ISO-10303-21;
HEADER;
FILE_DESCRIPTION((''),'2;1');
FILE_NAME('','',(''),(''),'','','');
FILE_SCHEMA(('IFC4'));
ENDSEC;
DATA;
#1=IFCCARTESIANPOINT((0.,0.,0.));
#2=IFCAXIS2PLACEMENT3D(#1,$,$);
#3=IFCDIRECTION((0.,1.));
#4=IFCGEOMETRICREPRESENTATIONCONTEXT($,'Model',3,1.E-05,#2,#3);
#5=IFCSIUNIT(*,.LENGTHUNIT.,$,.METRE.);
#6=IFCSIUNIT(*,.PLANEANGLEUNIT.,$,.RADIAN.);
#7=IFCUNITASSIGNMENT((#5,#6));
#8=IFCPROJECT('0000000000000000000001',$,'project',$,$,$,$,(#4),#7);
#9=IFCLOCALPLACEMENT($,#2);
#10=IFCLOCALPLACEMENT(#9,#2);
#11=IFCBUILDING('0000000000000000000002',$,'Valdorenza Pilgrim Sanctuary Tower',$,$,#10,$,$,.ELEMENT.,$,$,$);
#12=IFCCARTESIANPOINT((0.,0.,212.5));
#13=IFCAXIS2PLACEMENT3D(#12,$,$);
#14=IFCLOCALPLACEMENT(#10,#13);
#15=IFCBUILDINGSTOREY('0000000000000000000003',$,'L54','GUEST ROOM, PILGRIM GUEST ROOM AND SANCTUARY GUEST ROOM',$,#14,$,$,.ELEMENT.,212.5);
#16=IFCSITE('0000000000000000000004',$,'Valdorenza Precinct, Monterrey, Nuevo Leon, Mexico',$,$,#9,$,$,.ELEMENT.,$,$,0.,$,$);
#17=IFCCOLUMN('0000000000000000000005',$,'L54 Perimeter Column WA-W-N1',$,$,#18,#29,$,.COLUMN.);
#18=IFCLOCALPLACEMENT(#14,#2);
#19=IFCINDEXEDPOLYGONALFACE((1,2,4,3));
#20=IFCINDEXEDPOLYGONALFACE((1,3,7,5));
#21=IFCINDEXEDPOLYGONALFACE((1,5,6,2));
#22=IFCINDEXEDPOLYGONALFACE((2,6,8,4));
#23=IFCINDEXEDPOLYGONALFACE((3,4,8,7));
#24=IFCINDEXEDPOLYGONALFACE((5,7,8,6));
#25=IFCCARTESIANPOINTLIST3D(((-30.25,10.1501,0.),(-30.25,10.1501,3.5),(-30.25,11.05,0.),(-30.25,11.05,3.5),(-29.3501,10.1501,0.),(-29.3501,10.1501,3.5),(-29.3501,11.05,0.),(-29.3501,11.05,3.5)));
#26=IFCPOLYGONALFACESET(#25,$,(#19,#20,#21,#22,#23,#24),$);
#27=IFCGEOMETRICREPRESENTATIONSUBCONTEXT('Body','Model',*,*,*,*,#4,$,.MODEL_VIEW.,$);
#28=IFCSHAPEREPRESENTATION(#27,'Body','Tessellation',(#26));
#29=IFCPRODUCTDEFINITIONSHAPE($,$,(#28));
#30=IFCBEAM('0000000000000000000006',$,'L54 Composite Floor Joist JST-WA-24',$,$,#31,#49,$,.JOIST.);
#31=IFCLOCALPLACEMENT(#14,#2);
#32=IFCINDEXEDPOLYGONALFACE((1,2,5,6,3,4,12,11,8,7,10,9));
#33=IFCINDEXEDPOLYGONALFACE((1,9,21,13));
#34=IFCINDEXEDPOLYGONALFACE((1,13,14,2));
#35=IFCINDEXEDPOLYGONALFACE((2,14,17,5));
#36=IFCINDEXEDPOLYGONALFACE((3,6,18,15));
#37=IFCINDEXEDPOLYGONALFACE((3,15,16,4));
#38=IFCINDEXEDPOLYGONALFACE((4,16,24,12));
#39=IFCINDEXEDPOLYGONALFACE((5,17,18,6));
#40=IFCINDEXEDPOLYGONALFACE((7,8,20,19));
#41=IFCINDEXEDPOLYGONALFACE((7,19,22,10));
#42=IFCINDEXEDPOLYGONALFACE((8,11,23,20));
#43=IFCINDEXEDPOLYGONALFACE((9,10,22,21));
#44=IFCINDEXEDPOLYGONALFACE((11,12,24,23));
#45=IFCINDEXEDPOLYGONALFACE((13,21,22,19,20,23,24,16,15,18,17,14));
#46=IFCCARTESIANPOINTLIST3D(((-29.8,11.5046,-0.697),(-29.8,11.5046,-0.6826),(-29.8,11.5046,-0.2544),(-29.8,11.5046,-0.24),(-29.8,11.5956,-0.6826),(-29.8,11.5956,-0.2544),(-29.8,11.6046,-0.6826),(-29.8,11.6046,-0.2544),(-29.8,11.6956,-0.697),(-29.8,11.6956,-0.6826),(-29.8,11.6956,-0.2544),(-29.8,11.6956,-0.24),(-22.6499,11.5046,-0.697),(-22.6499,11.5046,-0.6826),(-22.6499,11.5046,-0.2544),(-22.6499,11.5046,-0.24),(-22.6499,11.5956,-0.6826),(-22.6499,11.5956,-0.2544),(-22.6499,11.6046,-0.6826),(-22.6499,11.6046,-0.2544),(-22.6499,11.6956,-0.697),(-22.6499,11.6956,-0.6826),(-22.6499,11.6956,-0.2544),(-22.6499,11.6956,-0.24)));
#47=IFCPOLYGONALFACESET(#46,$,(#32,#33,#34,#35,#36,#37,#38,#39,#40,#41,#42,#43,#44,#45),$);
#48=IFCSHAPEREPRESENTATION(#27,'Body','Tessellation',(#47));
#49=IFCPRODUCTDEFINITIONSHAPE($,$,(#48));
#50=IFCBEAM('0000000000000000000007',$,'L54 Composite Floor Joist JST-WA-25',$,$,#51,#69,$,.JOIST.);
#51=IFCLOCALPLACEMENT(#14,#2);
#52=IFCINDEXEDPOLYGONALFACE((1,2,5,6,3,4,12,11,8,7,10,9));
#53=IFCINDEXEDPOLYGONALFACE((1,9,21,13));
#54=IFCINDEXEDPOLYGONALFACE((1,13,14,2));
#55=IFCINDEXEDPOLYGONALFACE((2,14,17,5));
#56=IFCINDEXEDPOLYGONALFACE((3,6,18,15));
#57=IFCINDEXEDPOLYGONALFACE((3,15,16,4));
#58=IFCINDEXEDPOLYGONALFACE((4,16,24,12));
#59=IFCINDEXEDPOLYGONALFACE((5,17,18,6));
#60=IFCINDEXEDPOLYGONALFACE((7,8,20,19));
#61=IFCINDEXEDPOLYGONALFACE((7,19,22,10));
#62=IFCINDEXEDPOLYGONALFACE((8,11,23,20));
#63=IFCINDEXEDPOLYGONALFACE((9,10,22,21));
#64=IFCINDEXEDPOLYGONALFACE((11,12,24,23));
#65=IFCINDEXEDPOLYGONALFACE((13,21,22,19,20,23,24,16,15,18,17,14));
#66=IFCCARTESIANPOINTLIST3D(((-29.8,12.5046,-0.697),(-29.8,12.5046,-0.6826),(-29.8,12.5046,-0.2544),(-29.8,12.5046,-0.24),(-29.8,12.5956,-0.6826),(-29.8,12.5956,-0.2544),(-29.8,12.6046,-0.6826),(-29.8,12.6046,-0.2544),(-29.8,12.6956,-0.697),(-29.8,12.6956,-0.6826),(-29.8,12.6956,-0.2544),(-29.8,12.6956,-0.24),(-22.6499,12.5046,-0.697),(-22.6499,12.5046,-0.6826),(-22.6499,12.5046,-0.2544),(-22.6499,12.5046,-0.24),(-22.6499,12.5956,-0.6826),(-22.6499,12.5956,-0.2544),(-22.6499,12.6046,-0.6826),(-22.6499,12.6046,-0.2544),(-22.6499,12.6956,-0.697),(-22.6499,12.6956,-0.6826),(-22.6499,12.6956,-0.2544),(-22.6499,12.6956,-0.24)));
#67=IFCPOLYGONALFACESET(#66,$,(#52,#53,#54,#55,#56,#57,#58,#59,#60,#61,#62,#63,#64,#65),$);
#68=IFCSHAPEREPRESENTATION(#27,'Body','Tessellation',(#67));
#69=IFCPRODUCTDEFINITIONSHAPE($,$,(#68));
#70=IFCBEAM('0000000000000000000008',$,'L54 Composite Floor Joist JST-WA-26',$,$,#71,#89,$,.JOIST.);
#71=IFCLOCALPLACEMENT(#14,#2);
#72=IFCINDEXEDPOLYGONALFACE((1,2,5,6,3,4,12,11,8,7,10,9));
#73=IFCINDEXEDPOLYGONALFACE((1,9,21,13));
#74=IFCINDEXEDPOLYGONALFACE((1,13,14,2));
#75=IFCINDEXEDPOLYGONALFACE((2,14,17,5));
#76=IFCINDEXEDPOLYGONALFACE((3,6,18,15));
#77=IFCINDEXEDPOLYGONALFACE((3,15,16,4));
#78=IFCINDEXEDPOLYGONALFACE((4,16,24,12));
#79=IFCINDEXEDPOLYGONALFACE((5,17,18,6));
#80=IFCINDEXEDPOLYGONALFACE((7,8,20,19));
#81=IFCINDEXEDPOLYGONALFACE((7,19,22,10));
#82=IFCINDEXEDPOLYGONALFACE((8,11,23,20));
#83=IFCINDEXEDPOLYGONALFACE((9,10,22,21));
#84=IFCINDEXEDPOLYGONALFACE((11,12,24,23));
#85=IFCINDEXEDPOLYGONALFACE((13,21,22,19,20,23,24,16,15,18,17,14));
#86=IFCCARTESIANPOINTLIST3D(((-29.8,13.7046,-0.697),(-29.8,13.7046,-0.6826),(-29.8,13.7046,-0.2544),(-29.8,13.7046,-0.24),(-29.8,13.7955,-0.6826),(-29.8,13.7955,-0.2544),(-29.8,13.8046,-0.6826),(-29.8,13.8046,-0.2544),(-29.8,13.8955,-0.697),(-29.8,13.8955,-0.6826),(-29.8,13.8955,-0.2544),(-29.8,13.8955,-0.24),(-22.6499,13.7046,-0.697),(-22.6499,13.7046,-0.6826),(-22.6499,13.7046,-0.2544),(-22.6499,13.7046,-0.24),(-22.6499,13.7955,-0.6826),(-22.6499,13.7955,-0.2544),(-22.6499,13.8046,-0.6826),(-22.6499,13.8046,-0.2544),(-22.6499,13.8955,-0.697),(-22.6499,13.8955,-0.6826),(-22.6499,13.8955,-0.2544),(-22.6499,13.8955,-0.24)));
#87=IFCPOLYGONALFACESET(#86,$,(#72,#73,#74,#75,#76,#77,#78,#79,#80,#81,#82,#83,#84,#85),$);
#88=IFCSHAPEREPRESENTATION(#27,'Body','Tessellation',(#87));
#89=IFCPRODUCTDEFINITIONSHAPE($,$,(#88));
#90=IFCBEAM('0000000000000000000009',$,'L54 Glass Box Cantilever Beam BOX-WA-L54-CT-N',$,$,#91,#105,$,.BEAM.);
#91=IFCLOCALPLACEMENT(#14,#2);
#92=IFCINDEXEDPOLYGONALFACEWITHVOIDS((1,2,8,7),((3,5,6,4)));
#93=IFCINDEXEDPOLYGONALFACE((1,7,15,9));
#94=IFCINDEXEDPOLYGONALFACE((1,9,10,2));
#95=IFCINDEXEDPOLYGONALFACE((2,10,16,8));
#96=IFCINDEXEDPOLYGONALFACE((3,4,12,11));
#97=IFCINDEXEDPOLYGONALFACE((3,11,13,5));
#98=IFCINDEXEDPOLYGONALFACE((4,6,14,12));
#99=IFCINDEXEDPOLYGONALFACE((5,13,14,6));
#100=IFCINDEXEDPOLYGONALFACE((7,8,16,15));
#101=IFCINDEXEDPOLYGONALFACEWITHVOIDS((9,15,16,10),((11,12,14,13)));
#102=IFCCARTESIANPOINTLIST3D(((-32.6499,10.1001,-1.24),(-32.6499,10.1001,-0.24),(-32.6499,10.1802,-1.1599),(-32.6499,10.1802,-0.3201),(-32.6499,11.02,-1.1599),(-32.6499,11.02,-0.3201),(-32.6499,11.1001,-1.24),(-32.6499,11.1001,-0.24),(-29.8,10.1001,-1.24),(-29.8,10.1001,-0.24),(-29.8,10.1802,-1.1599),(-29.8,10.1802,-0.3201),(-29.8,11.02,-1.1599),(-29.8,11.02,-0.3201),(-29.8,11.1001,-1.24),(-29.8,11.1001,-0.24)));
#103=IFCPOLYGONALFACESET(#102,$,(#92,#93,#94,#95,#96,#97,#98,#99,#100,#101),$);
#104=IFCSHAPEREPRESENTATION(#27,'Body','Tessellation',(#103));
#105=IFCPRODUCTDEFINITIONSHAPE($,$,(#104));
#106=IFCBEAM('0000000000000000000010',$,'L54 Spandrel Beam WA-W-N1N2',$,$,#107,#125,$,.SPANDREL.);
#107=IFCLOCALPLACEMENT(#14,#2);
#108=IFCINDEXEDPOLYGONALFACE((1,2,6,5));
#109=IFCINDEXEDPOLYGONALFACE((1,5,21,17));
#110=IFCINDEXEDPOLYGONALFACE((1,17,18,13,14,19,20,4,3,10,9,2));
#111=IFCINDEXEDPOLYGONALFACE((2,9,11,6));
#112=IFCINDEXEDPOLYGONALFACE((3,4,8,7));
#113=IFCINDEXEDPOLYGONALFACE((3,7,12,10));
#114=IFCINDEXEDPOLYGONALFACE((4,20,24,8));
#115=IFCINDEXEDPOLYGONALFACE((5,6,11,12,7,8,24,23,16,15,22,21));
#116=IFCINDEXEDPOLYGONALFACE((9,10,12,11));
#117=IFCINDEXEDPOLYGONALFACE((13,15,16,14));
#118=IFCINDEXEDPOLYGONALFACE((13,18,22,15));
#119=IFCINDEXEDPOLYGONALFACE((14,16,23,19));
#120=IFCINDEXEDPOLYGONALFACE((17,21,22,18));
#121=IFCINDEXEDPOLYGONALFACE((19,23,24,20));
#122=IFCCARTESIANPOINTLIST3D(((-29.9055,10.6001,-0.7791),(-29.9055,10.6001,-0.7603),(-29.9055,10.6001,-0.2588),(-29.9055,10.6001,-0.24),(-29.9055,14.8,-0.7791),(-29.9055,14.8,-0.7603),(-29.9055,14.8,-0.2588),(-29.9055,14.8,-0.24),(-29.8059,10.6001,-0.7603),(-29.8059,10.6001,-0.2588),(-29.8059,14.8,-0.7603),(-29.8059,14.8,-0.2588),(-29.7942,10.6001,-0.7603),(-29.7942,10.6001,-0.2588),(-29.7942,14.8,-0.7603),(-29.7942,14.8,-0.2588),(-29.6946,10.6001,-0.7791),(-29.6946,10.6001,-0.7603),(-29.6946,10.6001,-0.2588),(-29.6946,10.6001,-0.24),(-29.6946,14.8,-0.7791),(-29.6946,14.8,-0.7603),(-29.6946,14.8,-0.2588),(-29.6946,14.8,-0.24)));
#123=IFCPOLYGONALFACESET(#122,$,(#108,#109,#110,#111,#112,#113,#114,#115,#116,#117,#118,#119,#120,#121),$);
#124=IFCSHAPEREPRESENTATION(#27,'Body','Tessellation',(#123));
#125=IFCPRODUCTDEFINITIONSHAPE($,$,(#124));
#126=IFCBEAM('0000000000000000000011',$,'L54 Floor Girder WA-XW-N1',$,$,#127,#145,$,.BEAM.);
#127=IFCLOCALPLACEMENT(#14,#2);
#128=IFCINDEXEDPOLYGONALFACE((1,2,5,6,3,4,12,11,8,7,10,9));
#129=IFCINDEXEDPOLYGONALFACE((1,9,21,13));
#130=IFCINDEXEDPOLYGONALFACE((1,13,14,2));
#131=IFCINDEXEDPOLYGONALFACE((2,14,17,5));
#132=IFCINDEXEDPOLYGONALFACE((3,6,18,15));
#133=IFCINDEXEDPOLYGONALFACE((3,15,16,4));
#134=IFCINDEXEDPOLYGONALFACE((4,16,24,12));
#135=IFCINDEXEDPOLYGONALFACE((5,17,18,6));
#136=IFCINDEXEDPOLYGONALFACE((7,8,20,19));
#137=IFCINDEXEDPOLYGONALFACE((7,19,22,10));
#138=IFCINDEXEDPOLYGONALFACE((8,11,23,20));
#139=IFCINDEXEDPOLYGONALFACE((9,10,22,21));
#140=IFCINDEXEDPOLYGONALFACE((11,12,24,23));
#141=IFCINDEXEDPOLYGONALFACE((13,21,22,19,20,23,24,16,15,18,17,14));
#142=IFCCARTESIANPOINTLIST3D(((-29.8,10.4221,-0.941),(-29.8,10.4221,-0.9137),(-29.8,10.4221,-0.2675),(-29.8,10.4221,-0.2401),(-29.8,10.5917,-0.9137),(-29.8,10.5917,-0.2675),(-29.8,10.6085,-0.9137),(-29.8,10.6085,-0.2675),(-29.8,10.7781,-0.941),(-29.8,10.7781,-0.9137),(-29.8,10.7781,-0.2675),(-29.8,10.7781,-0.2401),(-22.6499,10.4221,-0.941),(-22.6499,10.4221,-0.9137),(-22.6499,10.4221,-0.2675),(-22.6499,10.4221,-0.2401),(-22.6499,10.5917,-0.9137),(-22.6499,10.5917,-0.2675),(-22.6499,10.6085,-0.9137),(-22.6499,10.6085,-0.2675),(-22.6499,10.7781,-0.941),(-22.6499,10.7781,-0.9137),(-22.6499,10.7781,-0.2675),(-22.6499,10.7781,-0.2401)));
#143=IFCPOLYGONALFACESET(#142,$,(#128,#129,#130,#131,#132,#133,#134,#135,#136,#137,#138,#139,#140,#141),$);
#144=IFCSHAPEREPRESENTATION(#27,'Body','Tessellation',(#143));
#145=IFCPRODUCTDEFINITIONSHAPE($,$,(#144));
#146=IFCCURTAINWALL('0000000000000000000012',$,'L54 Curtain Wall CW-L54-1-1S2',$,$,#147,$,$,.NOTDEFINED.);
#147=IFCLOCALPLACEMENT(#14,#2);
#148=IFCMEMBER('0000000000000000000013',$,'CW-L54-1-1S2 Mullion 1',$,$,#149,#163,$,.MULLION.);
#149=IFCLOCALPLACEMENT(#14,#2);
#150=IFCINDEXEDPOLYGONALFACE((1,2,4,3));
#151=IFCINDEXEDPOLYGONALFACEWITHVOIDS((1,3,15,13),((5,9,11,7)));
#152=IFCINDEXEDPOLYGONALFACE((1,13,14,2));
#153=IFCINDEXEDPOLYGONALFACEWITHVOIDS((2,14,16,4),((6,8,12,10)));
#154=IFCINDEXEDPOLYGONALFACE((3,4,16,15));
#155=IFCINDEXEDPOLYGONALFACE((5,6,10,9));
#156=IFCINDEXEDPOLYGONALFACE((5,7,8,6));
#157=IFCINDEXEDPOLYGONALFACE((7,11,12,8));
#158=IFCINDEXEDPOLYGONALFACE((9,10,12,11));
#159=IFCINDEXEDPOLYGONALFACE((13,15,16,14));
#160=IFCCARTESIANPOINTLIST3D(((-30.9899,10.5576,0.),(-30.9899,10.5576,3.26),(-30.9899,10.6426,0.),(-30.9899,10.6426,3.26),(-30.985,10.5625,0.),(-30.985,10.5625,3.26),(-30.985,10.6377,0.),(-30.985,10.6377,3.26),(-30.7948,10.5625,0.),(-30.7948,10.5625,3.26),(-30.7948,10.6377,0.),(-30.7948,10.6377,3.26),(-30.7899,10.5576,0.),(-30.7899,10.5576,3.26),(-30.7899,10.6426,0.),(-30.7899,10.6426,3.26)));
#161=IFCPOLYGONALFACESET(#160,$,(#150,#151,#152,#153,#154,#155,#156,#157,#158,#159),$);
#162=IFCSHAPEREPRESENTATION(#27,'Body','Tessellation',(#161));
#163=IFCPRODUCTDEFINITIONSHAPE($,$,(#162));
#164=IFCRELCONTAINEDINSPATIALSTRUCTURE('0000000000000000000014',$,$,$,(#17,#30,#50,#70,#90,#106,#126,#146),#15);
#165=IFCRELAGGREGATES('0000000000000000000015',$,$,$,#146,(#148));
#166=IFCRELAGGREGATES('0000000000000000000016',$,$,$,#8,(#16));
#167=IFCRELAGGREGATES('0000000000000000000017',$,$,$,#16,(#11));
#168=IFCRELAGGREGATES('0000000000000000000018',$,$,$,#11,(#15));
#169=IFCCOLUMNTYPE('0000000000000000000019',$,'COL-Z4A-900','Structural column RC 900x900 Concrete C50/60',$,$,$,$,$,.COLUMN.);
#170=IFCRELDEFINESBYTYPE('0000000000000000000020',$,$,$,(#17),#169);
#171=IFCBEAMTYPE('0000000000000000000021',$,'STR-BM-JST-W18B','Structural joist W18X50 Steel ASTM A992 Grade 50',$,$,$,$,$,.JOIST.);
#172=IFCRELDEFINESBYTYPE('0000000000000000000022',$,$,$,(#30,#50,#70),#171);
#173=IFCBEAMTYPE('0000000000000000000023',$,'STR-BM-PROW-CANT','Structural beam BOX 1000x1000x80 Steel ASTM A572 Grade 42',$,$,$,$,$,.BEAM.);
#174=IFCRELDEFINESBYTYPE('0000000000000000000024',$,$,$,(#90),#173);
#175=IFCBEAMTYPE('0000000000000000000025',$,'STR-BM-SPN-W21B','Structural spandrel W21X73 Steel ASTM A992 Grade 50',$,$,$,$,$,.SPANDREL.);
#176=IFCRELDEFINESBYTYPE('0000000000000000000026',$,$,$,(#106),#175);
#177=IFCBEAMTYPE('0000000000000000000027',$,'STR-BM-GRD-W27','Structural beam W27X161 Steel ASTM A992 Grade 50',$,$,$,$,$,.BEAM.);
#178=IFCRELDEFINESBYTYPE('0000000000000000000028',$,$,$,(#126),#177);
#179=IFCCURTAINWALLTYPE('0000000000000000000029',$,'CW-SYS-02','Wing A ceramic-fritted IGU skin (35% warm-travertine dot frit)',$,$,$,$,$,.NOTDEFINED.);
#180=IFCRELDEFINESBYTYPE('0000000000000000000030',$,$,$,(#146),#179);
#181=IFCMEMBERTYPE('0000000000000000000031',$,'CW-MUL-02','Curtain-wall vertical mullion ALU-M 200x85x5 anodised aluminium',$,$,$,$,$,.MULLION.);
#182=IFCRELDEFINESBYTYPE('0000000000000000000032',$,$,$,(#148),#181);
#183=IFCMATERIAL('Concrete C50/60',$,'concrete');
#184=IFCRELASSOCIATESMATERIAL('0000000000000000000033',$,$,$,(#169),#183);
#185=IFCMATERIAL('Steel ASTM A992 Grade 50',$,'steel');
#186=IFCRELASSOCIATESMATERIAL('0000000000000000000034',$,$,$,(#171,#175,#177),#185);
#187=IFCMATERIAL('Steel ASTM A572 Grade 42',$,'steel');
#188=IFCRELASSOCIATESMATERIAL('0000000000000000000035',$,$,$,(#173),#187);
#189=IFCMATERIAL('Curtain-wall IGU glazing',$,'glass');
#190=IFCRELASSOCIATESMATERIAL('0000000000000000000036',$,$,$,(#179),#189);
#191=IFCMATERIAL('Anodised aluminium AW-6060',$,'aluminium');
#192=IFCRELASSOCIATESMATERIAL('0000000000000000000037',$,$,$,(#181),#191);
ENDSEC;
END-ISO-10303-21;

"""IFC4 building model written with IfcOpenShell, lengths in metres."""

from ifc_helpers import new_model, si_unit, direction, frame, origin, origin_2d, place, context, subcontext, project, spatial, rectangle, hollow_rectangle, i_section, extrude, source, transform, mapped, material, material_profile, profile_set, type_object, element, aggregate, save


model = new_model("IFC4")

# Units and contexts
model_context = context("Model", 3, precision=1e-05, world=origin(), true_north=direction((0.0, 1.0)))
body_context = subcontext(model_context, "Body", "Model", "MODEL_VIEW")
ifc_project = project(units=[si_unit("LENGTHUNIT", "METRE"), si_unit("PLANEANGLEUNIT", "RADIAN")], contexts=[model_context])

# Site, building, storey
site_placement = place(None, origin())
site = spatial("IfcSite", under=ifc_project, at=site_placement, Name="Valdorenza Precinct, Monterrey, Nuevo Leon, Mexico", CompositionType="ELEMENT", RefElevation=0.0)
building_placement = place(site_placement, origin())
building = spatial("IfcBuilding", under=site, at=building_placement, Name="Valdorenza Pilgrim Sanctuary Tower", CompositionType="ELEMENT")
storey_placement = place(building_placement, frame((0.0, 0.0, 212.5)))
storey = spatial("IfcBuildingStorey", under=building, at=storey_placement, Name="L54", Description="GUEST ROOM, PILGRIM GUEST ROOM AND SANCTUARY GUEST ROOM", CompositionType="ELEMENT", Elevation=212.5)

# Column
ifc_material_1 = material(Name="Concrete C50/60", Category="concrete")
ifc_material_profile_1 = material_profile(ifc_material_1, rectangle(XDim=0.8999, YDim=0.8999, at=origin_2d()), Name="RC 900x900")
ifc_profile_set_1 = profile_set([ifc_material_profile_1], Name="Concrete C50/60")
column_type = type_object("IfcColumnType", Name="COL-Z4A-900", Description="Structural column RC 900x900 Concrete C50/60", PredefinedType="COLUMN", material=ifc_profile_set_1)
shared_shape_1 = source(origin(), body_context, "Body", "SweptSolid", [
    extrude(rectangle(XDim=0.8999, YDim=0.8999, at=origin_2d()), origin(), (0.0, 0.0, 1.0), 3.5),
])
column_placement = place(storey_placement, frame((-29.8, 10.6001, 0.0), z_axis=(0.0, 0.0, 1.0), x_axis=(1.0, 0.0, 0.0)))
element("IfcColumn", 1, at=column_placement, inside=storey, type_object=column_type, Name="L54 Perimeter Column WA-W-N1", PredefinedType="COLUMN", context=body_context, shape_type="MappedRepresentation", body=[
    mapped(shared_shape_1, transform((0.0, 0.0, 0.0), x_axis=(1.0, 0.0, 0.0), y_axis=(0.0, 1.0, 0.0), z_axis=(0.0, 0.0, 1.0), scale=1.0)),
])

# Beams
ifc_material_2 = material(Name="Steel ASTM A992 Grade 50", Category="steel")
ifc_material_profile_2 = material_profile(ifc_material_2, i_section(OverallWidth=0.1909, OverallDepth=0.457, WebThickness=0.009, FlangeThickness=0.0144, at=origin_2d()), Name="W18X50")
ifc_profile_set_2 = profile_set([ifc_material_profile_2], Name="Steel ASTM A992 Grade 50")
beam_type_1 = type_object("IfcBeamType", Name="STR-BM-JST-W18B", Description="Structural joist W18X50 Steel ASTM A992 Grade 50", PredefinedType="JOIST", material=ifc_profile_set_2)
shared_shape_2 = source(origin(), body_context, "Body", "SweptSolid", [
    extrude(i_section(OverallWidth=0.1909, OverallDepth=0.457, WebThickness=0.009, FlangeThickness=0.0144, at=origin_2d()), origin(), (0.0, 0.0, 1.0), 7.1501),
])
for number, where, z_axis, x_axis, name in (
    (2, (-29.8, 11.6001, -0.4685), (1.0, 0.0, 0.0), (0.0, 1.0, 0.0), "L54 Composite Floor Joist JST-WA-24"),
    (3, (-29.8, 12.6001, -0.4685), (1.0, 0.0, 0.0), (0.0, 1.0, 0.0), "L54 Composite Floor Joist JST-WA-25"),
    (4, (-29.8, 13.8, -0.4685), (1.0, 0.0, 0.0), (0.0, 1.0, 0.0), "L54 Composite Floor Joist JST-WA-26"),
):
    element("IfcBeam", number, at=place(storey_placement, frame(where, z_axis=z_axis, x_axis=x_axis)), inside=storey, type_object=beam_type_1, Name=name, PredefinedType="JOIST", context=body_context, shape_type="MappedRepresentation", body=[
        mapped(shared_shape_2, transform((0.0, 0.0, 0.0), x_axis=(1.0, 0.0, 0.0), y_axis=(0.0, 1.0, 0.0), z_axis=(0.0, 0.0, 1.0), scale=1.0)),
    ])
ifc_material_3 = material(Name="Steel ASTM A572 Grade 42", Category="steel")
ifc_material_profile_3 = material_profile(ifc_material_3, hollow_rectangle(XDim=1.0, YDim=1.0, WallThickness=0.0801, at=origin_2d()), Name="BOX 1000x1000x80")
ifc_profile_set_3 = profile_set([ifc_material_profile_3], Name="Steel ASTM A572 Grade 42")
beam_type_2 = type_object("IfcBeamType", Name="STR-BM-PROW-CANT", Description="Structural beam BOX 1000x1000x80 Steel ASTM A572 Grade 42", PredefinedType="BEAM", material=ifc_profile_set_3)
shared_shape_3 = source(origin(), body_context, "Body", "SweptSolid", [
    extrude(hollow_rectangle(XDim=1.0, YDim=1.0, WallThickness=0.0801, at=origin_2d()), origin(), (0.0, 0.0, 1.0), 2.8499),
])
beam_1_placement = place(storey_placement, frame((-29.8, 10.6001, -0.74), z_axis=(-1.0, 0.0, 0.0), x_axis=(0.0, -1.0, 0.0)))
element("IfcBeam", 5, at=beam_1_placement, inside=storey, type_object=beam_type_2, Name="L54 Glass Box Cantilever Beam BOX-WA-L54-CT-N", PredefinedType="BEAM", context=body_context, shape_type="MappedRepresentation", body=[
    mapped(shared_shape_3, transform((0.0, 0.0, 0.0), x_axis=(1.0, 0.0, 0.0), y_axis=(0.0, 1.0, 0.0), z_axis=(0.0, 0.0, 1.0), scale=1.0)),
])
ifc_material_profile_4 = material_profile(ifc_material_2, i_section(OverallWidth=0.2109, OverallDepth=0.5391, WebThickness=0.0117, FlangeThickness=0.0188, at=origin_2d()), Name="W21X73")
ifc_profile_set_4 = profile_set([ifc_material_profile_4], Name="Steel ASTM A992 Grade 50")
beam_type_3 = type_object("IfcBeamType", Name="STR-BM-SPN-W21B", Description="Structural spandrel W21X73 Steel ASTM A992 Grade 50", PredefinedType="SPANDREL", material=ifc_profile_set_4)
shared_shape_4 = source(origin(), body_context, "Body", "SweptSolid", [
    extrude(i_section(OverallWidth=0.2109, OverallDepth=0.5391, WebThickness=0.0117, FlangeThickness=0.0188, at=origin_2d()), origin(), (0.0, 0.0, 1.0), 4.2),
])
beam_2_placement = place(storey_placement, frame((-29.8, 10.6001, -0.5095), z_axis=(0.0, 1.0, 0.0), x_axis=(-1.0, 0.0, 0.0)))
element("IfcBeam", 6, at=beam_2_placement, inside=storey, type_object=beam_type_3, Name="L54 Spandrel Beam WA-W-N1N2", PredefinedType="SPANDREL", context=body_context, shape_type="MappedRepresentation", body=[
    mapped(shared_shape_4, transform((0.0, 0.0, 0.0), x_axis=(1.0, 0.0, 0.0), y_axis=(0.0, 1.0, 0.0), z_axis=(0.0, 0.0, 1.0), scale=1.0)),
])
ifc_material_profile_5 = material_profile(ifc_material_2, i_section(OverallWidth=0.356, OverallDepth=0.7009, WebThickness=0.0168, FlangeThickness=0.0273, at=origin_2d()), Name="W27X161")
ifc_profile_set_5 = profile_set([ifc_material_profile_5], Name="Steel ASTM A992 Grade 50")
beam_type_4 = type_object("IfcBeamType", Name="STR-BM-GRD-W27", Description="Structural beam W27X161 Steel ASTM A992 Grade 50", PredefinedType="BEAM", material=ifc_profile_set_5)
shared_shape_5 = source(origin(), body_context, "Body", "SweptSolid", [
    extrude(i_section(OverallWidth=0.356, OverallDepth=0.7009, WebThickness=0.0168, FlangeThickness=0.0273, at=origin_2d()), origin(), (0.0, 0.0, 1.0), 7.1501),
])
beam_3_placement = place(storey_placement, frame((-29.8, 10.6001, -0.5906), z_axis=(1.0, 0.0, 0.0), x_axis=(0.0, 1.0, 0.0)))
element("IfcBeam", 7, at=beam_3_placement, inside=storey, type_object=beam_type_4, Name="L54 Floor Girder WA-XW-N1", PredefinedType="BEAM", context=body_context, shape_type="MappedRepresentation", body=[
    mapped(shared_shape_5, transform((0.0, 0.0, 0.0), x_axis=(1.0, 0.0, 0.0), y_axis=(0.0, 1.0, 0.0), z_axis=(0.0, 0.0, 1.0), scale=1.0)),
])

# Curtain wall, member
ifc_material_4 = material(Name="Curtain-wall IGU glazing", Category="glass")
curtain_wall_type = type_object("IfcCurtainWallType", Name="CW-SYS-02", Description="Wing A ceramic-fritted IGU skin (35% warm-travertine dot frit)", PredefinedType="NOTDEFINED", material=ifc_material_4)
curtain_wall_1_placement = place(storey_placement, origin())
curtain_wall_1 = element("IfcCurtainWall", 8, at=curtain_wall_1_placement, inside=storey, type_object=curtain_wall_type, Name="L54 Curtain Wall CW-L54-1-1S2", PredefinedType="NOTDEFINED")
ifc_material_5 = material(Name="Anodised aluminium AW-6060", Category="aluminium")
ifc_material_profile_6 = material_profile(ifc_material_5, hollow_rectangle(XDim=0.085, YDim=0.2, WallThickness=0.0049, at=origin_2d()), Name="ALU-M 200x85x5")
ifc_profile_set_6 = profile_set([ifc_material_profile_6], Name="Anodised aluminium AW-6060")
member_type_1 = type_object("IfcMemberType", Name="CW-MUL-02", Description="Curtain-wall vertical mullion ALU-M 200x85x5 anodised aluminium", PredefinedType="MULLION", material=ifc_profile_set_6)
shared_shape_6 = source(origin(), body_context, "Body", "SweptSolid", [
    extrude(hollow_rectangle(XDim=0.085, YDim=0.2, WallThickness=0.0049, at=origin_2d()), origin(), (0.0, 0.0, 1.0), 3.26),
])
member_1_placement = place(storey_placement, frame((-30.8899, 10.6001, 0.0), z_axis=(0.0, 0.0, 1.0), x_axis=(0.0, 1.0, 0.0)))
member_1 = element("IfcMember", 9, at=member_1_placement, type_object=member_type_1, Name="CW-L54-1-1S2 Mullion 1", PredefinedType="MULLION", context=body_context, shape_type="MappedRepresentation", body=[
    mapped(shared_shape_6, transform((0.0, 0.0, 0.0), x_axis=(1.0, 0.0, 0.0), y_axis=(0.0, 1.0, 0.0), z_axis=(0.0, 0.0, 1.0), scale=1.0)),
])

aggregate(curtain_wall_1, [member_1])

save(model, "model.ifc")
